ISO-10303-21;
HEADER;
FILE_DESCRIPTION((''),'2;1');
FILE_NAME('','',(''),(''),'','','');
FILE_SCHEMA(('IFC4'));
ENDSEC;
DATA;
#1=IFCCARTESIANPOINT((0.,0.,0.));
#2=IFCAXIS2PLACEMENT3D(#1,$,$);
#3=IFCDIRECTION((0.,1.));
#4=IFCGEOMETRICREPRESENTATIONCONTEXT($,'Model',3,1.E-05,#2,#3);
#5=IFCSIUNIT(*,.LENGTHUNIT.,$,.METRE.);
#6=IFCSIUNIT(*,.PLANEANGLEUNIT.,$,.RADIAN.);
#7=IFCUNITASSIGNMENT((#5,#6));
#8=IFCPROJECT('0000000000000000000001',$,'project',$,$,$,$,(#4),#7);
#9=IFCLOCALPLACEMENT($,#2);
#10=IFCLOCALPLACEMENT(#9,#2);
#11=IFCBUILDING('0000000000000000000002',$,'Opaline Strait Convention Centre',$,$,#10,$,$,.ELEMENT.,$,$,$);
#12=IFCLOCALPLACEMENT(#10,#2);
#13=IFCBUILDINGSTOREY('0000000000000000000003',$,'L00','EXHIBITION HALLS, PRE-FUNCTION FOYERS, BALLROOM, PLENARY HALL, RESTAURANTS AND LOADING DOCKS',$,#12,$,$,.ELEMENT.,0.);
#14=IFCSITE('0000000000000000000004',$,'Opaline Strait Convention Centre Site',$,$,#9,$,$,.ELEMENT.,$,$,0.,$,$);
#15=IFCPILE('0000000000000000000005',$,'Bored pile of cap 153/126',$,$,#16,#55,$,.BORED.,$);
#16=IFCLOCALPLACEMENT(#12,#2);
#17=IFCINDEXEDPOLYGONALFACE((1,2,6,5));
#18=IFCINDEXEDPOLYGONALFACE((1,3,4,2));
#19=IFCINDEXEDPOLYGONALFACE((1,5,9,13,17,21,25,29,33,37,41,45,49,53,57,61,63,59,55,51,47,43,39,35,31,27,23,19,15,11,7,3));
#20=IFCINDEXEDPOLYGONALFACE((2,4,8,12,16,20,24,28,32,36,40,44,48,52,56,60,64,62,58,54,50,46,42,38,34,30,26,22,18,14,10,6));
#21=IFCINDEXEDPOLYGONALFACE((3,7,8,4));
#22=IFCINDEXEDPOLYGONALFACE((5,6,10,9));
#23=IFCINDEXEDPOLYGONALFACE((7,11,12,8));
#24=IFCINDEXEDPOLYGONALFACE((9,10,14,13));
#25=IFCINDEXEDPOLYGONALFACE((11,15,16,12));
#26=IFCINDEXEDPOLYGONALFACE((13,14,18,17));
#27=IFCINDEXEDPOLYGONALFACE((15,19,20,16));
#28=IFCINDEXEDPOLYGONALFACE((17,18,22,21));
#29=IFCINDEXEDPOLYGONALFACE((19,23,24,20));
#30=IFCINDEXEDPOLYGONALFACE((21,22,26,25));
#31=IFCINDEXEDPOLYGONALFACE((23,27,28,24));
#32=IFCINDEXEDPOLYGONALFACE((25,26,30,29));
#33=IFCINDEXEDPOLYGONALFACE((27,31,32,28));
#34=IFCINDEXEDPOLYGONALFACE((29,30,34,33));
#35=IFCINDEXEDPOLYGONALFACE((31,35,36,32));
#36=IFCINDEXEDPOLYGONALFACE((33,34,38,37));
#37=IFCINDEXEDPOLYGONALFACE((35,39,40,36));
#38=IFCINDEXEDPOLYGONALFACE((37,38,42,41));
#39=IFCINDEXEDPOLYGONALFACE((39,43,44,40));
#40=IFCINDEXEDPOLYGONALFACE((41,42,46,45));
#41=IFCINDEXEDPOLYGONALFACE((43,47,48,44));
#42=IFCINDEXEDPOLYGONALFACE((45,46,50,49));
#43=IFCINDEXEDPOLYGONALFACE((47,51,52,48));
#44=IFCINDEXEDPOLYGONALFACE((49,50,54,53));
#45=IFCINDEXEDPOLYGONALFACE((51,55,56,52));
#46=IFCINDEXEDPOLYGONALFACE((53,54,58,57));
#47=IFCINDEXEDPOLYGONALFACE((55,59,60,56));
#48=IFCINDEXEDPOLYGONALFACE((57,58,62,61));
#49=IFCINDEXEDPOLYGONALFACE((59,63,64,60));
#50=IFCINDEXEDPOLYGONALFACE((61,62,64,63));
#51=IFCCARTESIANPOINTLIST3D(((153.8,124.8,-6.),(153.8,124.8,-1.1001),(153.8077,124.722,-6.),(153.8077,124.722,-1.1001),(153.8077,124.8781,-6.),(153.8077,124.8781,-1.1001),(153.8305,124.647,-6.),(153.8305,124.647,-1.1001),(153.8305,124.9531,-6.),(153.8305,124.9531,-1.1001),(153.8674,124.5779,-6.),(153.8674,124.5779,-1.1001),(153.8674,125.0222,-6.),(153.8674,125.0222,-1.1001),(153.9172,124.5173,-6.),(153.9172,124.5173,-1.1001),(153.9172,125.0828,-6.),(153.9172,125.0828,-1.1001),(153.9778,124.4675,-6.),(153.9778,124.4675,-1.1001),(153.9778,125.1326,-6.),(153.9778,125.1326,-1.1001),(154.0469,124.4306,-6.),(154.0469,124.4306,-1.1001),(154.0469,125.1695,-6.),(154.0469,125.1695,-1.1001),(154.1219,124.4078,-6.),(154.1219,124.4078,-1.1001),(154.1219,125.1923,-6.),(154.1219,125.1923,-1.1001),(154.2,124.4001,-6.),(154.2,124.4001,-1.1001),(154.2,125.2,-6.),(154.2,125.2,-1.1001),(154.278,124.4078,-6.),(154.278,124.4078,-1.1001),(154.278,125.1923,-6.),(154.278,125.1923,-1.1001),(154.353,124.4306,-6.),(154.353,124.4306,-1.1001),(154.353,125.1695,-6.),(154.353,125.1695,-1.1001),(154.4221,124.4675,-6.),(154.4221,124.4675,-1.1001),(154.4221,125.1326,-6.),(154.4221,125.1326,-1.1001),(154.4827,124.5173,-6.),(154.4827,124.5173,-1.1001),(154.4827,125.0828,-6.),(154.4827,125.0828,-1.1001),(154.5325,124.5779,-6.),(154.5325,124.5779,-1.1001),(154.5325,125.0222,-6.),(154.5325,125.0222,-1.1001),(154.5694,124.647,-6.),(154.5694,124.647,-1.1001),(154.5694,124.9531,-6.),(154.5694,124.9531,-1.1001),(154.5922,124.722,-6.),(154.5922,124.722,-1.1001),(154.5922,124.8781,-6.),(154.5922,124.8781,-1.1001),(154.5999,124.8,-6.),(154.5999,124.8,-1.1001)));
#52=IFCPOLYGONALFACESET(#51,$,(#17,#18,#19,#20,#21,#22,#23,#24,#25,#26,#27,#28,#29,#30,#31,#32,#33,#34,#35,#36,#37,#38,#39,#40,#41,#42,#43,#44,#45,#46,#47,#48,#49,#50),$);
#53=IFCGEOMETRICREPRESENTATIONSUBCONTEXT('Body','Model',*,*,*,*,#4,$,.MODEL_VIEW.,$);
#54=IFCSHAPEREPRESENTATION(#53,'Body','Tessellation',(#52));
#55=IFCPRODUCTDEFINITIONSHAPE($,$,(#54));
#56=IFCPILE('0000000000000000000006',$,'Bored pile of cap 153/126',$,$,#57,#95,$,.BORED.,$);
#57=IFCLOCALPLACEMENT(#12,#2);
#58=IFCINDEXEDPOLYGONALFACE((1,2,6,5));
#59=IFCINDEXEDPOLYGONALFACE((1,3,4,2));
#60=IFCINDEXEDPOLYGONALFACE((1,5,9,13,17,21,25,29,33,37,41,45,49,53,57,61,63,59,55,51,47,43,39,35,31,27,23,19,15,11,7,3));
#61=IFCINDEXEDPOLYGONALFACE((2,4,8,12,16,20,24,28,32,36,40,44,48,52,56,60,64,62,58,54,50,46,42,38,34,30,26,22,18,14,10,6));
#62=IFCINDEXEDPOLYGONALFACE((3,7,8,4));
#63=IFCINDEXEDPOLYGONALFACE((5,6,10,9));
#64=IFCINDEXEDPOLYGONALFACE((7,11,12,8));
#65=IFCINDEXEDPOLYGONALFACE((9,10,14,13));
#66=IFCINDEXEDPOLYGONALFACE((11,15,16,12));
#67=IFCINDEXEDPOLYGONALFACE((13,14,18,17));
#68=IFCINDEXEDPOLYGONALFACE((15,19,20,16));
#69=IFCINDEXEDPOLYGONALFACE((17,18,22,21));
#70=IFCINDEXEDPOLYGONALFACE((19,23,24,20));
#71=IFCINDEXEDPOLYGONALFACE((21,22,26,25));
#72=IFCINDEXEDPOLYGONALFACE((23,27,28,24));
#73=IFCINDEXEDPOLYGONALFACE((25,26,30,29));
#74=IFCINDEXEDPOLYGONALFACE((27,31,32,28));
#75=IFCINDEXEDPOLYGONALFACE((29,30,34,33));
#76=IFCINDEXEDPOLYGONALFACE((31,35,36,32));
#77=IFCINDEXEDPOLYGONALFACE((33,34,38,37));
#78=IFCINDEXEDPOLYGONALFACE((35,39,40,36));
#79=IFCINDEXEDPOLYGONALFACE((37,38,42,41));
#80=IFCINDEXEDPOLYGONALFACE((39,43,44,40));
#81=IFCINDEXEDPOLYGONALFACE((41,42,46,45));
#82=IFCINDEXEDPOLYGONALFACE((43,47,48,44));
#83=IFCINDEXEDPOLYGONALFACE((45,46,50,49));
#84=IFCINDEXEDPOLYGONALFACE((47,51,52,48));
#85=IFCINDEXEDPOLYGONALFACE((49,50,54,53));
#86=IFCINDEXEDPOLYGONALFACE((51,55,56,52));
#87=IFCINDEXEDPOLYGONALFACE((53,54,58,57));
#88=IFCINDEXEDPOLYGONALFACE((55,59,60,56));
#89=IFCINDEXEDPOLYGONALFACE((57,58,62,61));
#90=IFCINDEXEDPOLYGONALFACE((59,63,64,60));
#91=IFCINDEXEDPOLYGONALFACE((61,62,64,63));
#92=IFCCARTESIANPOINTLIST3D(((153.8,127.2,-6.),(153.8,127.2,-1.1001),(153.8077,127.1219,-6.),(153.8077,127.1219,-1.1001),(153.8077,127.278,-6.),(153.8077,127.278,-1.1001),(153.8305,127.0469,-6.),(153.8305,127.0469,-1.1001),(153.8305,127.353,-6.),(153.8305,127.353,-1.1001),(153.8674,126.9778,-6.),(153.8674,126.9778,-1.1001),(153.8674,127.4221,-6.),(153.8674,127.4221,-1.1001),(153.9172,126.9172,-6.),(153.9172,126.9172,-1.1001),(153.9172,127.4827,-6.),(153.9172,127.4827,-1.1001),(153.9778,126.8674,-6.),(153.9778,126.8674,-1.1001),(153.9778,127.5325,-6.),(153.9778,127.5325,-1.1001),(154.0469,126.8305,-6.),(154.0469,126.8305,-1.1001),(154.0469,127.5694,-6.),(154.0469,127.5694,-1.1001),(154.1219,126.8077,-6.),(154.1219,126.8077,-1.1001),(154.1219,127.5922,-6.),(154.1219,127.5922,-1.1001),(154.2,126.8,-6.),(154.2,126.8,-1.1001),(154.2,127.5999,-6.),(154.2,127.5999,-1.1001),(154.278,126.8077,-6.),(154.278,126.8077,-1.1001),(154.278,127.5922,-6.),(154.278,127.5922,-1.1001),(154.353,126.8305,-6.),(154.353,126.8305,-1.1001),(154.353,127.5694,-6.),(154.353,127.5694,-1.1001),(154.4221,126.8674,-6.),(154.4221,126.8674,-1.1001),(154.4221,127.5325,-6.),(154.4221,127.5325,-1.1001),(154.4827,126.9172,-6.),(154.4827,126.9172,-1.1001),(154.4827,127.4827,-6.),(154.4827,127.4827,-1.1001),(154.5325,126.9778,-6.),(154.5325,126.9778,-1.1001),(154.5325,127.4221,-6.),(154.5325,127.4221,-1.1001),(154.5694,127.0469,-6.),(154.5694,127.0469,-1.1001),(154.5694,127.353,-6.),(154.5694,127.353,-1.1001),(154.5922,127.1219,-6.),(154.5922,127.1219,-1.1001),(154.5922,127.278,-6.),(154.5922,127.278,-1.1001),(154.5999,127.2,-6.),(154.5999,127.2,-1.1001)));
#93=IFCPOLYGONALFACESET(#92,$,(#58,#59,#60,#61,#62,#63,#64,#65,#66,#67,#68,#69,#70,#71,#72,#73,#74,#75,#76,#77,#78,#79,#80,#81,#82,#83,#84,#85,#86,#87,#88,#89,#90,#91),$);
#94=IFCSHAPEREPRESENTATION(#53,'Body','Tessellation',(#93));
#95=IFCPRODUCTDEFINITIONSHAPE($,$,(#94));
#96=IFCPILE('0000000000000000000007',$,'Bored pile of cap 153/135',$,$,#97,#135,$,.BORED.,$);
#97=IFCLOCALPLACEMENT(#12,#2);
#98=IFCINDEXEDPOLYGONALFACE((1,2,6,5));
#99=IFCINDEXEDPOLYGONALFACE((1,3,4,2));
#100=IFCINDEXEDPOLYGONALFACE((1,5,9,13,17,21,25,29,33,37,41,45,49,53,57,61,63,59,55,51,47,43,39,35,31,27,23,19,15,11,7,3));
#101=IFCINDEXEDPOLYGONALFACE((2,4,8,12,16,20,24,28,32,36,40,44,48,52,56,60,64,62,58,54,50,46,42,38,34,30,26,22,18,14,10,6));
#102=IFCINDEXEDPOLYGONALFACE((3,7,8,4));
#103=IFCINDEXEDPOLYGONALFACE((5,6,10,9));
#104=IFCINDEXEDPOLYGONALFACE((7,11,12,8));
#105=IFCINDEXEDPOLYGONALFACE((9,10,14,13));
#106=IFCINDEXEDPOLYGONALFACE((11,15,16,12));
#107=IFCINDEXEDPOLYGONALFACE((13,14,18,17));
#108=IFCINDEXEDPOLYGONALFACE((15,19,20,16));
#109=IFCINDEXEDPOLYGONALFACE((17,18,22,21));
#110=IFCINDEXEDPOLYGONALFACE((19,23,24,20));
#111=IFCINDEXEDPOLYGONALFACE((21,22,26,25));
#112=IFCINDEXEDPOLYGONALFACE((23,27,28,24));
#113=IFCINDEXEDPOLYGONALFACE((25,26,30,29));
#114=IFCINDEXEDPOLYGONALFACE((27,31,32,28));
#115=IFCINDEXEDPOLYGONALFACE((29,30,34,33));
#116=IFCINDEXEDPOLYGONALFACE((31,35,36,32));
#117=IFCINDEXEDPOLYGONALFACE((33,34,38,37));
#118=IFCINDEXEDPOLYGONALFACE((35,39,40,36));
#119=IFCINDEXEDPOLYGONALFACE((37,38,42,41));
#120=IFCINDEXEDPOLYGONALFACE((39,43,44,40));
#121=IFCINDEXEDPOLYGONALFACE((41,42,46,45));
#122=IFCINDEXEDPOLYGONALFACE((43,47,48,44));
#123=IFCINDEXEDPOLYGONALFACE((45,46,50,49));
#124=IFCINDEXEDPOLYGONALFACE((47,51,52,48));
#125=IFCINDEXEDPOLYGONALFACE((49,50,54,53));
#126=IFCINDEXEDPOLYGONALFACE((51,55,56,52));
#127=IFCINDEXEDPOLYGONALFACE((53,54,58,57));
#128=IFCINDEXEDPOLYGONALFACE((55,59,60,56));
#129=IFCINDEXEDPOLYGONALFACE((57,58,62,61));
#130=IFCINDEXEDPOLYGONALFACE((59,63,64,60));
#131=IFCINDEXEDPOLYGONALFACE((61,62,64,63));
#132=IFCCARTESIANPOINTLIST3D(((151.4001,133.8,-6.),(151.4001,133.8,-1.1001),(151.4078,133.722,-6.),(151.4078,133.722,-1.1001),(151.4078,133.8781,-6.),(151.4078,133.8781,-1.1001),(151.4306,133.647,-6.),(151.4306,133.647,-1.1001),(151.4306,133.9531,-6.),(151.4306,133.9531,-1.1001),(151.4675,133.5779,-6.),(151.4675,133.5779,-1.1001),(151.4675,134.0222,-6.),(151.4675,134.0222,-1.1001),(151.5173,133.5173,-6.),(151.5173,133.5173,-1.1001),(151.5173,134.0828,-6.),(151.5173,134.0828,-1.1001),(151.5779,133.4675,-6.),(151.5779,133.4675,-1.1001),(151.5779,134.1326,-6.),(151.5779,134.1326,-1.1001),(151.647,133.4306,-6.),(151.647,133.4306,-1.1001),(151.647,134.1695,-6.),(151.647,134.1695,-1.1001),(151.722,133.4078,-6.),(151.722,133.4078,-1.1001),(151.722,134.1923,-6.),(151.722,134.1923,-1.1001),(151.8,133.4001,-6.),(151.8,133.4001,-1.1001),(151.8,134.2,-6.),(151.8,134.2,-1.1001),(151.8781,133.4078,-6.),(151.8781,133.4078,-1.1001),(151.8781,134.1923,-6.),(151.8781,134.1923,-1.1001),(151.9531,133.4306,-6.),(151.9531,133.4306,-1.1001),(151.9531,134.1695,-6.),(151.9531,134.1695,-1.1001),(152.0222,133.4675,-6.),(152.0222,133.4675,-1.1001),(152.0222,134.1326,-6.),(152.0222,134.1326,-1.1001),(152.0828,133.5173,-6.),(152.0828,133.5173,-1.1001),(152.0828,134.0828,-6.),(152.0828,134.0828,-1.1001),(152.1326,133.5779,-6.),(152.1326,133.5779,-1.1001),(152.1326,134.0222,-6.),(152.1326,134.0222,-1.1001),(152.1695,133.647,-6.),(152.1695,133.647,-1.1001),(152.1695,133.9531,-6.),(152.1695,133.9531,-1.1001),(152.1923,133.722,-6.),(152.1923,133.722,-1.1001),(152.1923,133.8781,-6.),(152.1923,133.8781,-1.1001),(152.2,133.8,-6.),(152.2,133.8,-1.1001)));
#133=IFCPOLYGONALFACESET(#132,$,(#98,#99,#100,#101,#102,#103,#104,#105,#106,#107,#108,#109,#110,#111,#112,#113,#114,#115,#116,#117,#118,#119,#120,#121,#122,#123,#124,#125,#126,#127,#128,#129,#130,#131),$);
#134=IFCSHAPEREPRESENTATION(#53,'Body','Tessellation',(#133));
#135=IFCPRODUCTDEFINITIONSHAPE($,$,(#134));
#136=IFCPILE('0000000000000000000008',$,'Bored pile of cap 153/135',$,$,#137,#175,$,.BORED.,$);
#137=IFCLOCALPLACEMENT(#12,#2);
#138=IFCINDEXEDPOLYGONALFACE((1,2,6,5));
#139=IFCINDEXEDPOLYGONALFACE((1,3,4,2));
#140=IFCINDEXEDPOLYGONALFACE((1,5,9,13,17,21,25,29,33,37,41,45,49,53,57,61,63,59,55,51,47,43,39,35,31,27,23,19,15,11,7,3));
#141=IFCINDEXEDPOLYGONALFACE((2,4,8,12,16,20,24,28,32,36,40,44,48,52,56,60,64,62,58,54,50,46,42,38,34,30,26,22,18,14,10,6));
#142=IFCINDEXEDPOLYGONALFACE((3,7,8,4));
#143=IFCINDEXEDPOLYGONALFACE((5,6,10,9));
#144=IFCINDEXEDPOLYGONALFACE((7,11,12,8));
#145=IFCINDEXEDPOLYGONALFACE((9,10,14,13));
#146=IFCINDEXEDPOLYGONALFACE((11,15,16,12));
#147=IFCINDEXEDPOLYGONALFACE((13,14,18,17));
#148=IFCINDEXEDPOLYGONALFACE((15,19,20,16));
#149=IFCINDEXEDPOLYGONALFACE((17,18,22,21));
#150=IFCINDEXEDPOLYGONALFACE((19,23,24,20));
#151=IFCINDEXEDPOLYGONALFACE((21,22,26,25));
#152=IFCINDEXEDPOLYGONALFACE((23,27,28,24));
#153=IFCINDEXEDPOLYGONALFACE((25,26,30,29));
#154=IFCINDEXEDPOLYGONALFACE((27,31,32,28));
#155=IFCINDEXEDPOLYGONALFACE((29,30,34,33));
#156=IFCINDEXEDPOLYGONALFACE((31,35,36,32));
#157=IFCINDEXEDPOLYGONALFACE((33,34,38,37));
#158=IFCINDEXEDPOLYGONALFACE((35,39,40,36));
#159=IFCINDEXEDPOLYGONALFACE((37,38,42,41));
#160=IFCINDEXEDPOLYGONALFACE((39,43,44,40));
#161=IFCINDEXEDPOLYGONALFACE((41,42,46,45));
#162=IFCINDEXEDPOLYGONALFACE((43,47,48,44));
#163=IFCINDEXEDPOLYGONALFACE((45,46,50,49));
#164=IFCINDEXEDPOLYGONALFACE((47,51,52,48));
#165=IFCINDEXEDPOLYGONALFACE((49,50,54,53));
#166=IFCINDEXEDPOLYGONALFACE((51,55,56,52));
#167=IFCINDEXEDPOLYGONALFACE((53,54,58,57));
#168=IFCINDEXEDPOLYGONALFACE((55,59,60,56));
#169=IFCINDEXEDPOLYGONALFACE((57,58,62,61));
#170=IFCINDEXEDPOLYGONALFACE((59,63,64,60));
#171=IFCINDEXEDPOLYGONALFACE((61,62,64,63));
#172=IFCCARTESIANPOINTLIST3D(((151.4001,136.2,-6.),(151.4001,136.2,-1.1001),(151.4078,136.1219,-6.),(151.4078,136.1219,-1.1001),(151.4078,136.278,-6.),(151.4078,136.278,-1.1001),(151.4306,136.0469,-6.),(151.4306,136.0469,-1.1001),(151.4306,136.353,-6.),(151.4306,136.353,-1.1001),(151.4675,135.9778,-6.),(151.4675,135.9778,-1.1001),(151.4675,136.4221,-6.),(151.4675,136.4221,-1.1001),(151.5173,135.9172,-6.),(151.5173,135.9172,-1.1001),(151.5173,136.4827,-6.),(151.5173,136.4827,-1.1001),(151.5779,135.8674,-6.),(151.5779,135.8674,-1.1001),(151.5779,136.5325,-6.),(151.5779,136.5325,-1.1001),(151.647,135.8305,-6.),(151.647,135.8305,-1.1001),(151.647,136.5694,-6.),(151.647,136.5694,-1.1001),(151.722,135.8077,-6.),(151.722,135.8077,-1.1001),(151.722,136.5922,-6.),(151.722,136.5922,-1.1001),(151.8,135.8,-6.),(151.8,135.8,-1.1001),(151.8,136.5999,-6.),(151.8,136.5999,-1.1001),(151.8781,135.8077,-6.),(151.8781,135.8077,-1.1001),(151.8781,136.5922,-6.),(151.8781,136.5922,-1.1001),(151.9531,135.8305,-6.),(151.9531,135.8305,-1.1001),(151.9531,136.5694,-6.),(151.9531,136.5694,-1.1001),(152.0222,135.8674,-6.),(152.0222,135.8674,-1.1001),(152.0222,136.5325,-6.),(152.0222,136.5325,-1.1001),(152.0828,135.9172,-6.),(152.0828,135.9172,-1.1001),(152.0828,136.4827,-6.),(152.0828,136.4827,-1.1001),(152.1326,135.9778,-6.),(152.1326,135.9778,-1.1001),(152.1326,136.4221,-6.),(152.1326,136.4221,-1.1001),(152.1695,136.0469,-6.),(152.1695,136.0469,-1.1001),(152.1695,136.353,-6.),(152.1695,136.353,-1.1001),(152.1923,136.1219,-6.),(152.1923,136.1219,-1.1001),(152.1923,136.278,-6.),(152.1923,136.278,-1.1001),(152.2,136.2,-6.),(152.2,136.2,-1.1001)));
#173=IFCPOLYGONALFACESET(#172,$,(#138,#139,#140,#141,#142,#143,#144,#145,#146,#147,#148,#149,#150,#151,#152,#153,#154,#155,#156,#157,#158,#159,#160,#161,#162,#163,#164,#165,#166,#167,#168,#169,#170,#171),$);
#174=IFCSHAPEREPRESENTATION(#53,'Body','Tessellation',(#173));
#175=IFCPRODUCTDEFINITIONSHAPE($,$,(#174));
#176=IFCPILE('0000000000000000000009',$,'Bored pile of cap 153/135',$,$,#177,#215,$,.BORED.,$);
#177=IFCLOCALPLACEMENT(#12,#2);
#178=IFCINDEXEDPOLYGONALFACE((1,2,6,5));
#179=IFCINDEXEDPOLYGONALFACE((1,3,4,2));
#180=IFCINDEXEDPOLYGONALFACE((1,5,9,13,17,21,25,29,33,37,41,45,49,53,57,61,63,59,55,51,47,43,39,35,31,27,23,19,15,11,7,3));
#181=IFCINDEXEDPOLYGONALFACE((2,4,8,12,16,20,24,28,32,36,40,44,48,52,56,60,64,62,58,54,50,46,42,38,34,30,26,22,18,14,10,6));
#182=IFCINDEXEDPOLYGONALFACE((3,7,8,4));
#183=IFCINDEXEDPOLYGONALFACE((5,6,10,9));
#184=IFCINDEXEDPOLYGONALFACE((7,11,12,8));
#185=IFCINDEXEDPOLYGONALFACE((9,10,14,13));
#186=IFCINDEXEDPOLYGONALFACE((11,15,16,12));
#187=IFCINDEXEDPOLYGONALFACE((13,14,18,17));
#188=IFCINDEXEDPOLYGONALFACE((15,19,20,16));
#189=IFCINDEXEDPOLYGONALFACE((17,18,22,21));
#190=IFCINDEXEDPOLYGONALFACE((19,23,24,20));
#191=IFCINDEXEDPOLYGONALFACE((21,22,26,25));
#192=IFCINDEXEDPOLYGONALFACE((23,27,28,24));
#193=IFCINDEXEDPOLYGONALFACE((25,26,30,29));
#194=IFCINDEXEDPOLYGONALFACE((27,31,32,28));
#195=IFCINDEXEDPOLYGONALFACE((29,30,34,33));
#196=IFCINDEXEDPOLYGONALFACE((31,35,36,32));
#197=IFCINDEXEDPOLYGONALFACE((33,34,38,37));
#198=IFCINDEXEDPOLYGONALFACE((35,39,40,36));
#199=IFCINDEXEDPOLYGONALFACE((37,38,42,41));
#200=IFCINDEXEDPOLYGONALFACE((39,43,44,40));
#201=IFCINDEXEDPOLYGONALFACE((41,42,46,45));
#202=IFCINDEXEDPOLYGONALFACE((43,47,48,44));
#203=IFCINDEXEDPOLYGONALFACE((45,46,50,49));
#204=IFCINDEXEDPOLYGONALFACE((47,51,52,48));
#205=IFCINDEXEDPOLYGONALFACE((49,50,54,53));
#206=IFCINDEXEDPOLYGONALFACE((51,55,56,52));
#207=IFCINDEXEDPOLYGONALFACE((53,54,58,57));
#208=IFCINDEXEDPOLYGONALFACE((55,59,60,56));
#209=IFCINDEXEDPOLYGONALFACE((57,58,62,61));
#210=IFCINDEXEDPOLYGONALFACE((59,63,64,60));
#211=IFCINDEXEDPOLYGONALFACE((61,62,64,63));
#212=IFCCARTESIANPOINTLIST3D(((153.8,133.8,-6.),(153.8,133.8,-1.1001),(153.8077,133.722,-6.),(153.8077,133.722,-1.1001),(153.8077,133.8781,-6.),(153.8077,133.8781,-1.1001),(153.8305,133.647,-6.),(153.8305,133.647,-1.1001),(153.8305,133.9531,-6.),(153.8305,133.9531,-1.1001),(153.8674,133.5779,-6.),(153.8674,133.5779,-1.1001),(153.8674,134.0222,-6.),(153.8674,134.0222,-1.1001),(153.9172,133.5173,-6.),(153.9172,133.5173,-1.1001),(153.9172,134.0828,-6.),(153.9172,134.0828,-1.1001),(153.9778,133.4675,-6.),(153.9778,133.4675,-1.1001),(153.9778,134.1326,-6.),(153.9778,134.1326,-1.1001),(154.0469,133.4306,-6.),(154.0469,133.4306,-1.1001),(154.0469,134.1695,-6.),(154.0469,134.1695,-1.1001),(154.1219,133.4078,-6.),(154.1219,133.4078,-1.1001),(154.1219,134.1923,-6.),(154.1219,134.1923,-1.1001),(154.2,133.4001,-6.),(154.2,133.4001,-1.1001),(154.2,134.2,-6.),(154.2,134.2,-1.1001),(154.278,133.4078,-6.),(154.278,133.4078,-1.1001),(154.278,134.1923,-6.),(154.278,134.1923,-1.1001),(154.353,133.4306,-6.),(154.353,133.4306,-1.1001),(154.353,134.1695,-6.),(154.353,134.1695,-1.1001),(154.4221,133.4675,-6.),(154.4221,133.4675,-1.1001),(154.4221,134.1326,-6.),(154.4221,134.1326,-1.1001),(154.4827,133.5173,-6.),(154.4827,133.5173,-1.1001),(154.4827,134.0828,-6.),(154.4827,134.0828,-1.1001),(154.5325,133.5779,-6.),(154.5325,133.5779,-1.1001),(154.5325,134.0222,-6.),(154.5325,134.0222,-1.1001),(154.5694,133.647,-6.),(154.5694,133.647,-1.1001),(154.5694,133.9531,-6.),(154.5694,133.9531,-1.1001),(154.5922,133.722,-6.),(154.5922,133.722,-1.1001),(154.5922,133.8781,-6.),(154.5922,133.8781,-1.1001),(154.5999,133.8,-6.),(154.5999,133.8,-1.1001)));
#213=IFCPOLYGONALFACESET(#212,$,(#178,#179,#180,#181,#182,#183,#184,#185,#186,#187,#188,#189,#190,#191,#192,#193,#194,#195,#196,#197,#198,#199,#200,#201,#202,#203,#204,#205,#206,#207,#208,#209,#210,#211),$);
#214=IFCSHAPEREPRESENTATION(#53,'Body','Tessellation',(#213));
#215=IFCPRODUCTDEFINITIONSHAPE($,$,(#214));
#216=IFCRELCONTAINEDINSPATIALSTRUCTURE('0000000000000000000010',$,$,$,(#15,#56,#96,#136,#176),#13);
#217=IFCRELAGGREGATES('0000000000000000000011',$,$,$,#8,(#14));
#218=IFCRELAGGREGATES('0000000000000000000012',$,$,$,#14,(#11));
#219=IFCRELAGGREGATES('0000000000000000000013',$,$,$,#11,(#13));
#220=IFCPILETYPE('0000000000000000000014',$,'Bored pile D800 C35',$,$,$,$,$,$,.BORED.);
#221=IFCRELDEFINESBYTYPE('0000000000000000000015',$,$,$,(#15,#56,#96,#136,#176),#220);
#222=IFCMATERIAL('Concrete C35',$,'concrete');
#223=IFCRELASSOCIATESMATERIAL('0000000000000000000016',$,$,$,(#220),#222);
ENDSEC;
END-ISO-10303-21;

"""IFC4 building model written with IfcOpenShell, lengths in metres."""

from ifc_helpers import new_model, si_unit, direction, frame, origin, origin_2d, place, context, subcontext, project, spatial, circle, extrude, material, material_profile, profile_set, type_object, element, save


model = new_model("IFC4")

# Units and contexts
model_context = context("Model", 3, precision=1e-05, world=origin(), true_north=direction((0.0, 1.0)))
body_context = subcontext(model_context, "Body", "Model", "MODEL_VIEW")
ifc_project = project(units=[si_unit("LENGTHUNIT", "METRE"), si_unit("PLANEANGLEUNIT", "RADIAN")], contexts=[model_context])

# Site, building, storey
site_placement = place(None, origin())
site = spatial("IfcSite", under=ifc_project, at=site_placement, Name="Opaline Strait Convention Centre Site", CompositionType="ELEMENT", RefElevation=0.0)
building_placement = place(site_placement, origin())
building = spatial("IfcBuilding", under=site, at=building_placement, Name="Opaline Strait Convention Centre", CompositionType="ELEMENT")
storey_placement = place(building_placement, origin())
storey = spatial("IfcBuildingStorey", under=building, at=storey_placement, Name="L00", Description="EXHIBITION HALLS, PRE-FUNCTION FOYERS, BALLROOM, PLENARY HALL, RESTAURANTS AND LOADING DOCKS", CompositionType="ELEMENT", Elevation=0.0)

# Piles
ifc_material_1 = material(Name="Concrete C35", Category="concrete")
ifc_material_profile_1 = material_profile(ifc_material_1, circle(Radius=0.3999, at=origin_2d()), Name="D800")
ifc_profile_set_1 = profile_set([ifc_material_profile_1], Name="Concrete C35")
pile_type = type_object("IfcPileType", Name="Bored pile D800 C35", PredefinedType="BORED", material=ifc_profile_set_1)
for number, where, z_axis, x_axis, name in (
    (1, (154.2, 124.8, -1.1001), (0.0, 0.0, -1.0), (1.0, 0.0, 0.0), "Bored pile of cap 153/126"),
    (2, (154.2, 127.2, -1.1001), (0.0, 0.0, -1.0), (1.0, 0.0, 0.0), "Bored pile of cap 153/126"),
    (3, (151.8, 133.8, -1.1001), (0.0, 0.0, -1.0), (1.0, 0.0, 0.0), "Bored pile of cap 153/135"),
    (4, (151.8, 136.2, -1.1001), (0.0, 0.0, -1.0), (1.0, 0.0, 0.0), "Bored pile of cap 153/135"),
    (5, (154.2, 133.8, -1.1001), (0.0, 0.0, -1.0), (1.0, 0.0, 0.0), "Bored pile of cap 153/135"),
):
    element("IfcPile", number, at=place(storey_placement, frame(where, z_axis=z_axis, x_axis=x_axis)), inside=storey, type_object=pile_type, Name=name, PredefinedType="BORED", context=body_context, shape_type="SweptSolid", body=[
        extrude(circle(Radius=0.3999, at=origin_2d()), origin(), (0.0, 0.0, 1.0), 4.8999),
    ])

save(model, "model.ifc")
